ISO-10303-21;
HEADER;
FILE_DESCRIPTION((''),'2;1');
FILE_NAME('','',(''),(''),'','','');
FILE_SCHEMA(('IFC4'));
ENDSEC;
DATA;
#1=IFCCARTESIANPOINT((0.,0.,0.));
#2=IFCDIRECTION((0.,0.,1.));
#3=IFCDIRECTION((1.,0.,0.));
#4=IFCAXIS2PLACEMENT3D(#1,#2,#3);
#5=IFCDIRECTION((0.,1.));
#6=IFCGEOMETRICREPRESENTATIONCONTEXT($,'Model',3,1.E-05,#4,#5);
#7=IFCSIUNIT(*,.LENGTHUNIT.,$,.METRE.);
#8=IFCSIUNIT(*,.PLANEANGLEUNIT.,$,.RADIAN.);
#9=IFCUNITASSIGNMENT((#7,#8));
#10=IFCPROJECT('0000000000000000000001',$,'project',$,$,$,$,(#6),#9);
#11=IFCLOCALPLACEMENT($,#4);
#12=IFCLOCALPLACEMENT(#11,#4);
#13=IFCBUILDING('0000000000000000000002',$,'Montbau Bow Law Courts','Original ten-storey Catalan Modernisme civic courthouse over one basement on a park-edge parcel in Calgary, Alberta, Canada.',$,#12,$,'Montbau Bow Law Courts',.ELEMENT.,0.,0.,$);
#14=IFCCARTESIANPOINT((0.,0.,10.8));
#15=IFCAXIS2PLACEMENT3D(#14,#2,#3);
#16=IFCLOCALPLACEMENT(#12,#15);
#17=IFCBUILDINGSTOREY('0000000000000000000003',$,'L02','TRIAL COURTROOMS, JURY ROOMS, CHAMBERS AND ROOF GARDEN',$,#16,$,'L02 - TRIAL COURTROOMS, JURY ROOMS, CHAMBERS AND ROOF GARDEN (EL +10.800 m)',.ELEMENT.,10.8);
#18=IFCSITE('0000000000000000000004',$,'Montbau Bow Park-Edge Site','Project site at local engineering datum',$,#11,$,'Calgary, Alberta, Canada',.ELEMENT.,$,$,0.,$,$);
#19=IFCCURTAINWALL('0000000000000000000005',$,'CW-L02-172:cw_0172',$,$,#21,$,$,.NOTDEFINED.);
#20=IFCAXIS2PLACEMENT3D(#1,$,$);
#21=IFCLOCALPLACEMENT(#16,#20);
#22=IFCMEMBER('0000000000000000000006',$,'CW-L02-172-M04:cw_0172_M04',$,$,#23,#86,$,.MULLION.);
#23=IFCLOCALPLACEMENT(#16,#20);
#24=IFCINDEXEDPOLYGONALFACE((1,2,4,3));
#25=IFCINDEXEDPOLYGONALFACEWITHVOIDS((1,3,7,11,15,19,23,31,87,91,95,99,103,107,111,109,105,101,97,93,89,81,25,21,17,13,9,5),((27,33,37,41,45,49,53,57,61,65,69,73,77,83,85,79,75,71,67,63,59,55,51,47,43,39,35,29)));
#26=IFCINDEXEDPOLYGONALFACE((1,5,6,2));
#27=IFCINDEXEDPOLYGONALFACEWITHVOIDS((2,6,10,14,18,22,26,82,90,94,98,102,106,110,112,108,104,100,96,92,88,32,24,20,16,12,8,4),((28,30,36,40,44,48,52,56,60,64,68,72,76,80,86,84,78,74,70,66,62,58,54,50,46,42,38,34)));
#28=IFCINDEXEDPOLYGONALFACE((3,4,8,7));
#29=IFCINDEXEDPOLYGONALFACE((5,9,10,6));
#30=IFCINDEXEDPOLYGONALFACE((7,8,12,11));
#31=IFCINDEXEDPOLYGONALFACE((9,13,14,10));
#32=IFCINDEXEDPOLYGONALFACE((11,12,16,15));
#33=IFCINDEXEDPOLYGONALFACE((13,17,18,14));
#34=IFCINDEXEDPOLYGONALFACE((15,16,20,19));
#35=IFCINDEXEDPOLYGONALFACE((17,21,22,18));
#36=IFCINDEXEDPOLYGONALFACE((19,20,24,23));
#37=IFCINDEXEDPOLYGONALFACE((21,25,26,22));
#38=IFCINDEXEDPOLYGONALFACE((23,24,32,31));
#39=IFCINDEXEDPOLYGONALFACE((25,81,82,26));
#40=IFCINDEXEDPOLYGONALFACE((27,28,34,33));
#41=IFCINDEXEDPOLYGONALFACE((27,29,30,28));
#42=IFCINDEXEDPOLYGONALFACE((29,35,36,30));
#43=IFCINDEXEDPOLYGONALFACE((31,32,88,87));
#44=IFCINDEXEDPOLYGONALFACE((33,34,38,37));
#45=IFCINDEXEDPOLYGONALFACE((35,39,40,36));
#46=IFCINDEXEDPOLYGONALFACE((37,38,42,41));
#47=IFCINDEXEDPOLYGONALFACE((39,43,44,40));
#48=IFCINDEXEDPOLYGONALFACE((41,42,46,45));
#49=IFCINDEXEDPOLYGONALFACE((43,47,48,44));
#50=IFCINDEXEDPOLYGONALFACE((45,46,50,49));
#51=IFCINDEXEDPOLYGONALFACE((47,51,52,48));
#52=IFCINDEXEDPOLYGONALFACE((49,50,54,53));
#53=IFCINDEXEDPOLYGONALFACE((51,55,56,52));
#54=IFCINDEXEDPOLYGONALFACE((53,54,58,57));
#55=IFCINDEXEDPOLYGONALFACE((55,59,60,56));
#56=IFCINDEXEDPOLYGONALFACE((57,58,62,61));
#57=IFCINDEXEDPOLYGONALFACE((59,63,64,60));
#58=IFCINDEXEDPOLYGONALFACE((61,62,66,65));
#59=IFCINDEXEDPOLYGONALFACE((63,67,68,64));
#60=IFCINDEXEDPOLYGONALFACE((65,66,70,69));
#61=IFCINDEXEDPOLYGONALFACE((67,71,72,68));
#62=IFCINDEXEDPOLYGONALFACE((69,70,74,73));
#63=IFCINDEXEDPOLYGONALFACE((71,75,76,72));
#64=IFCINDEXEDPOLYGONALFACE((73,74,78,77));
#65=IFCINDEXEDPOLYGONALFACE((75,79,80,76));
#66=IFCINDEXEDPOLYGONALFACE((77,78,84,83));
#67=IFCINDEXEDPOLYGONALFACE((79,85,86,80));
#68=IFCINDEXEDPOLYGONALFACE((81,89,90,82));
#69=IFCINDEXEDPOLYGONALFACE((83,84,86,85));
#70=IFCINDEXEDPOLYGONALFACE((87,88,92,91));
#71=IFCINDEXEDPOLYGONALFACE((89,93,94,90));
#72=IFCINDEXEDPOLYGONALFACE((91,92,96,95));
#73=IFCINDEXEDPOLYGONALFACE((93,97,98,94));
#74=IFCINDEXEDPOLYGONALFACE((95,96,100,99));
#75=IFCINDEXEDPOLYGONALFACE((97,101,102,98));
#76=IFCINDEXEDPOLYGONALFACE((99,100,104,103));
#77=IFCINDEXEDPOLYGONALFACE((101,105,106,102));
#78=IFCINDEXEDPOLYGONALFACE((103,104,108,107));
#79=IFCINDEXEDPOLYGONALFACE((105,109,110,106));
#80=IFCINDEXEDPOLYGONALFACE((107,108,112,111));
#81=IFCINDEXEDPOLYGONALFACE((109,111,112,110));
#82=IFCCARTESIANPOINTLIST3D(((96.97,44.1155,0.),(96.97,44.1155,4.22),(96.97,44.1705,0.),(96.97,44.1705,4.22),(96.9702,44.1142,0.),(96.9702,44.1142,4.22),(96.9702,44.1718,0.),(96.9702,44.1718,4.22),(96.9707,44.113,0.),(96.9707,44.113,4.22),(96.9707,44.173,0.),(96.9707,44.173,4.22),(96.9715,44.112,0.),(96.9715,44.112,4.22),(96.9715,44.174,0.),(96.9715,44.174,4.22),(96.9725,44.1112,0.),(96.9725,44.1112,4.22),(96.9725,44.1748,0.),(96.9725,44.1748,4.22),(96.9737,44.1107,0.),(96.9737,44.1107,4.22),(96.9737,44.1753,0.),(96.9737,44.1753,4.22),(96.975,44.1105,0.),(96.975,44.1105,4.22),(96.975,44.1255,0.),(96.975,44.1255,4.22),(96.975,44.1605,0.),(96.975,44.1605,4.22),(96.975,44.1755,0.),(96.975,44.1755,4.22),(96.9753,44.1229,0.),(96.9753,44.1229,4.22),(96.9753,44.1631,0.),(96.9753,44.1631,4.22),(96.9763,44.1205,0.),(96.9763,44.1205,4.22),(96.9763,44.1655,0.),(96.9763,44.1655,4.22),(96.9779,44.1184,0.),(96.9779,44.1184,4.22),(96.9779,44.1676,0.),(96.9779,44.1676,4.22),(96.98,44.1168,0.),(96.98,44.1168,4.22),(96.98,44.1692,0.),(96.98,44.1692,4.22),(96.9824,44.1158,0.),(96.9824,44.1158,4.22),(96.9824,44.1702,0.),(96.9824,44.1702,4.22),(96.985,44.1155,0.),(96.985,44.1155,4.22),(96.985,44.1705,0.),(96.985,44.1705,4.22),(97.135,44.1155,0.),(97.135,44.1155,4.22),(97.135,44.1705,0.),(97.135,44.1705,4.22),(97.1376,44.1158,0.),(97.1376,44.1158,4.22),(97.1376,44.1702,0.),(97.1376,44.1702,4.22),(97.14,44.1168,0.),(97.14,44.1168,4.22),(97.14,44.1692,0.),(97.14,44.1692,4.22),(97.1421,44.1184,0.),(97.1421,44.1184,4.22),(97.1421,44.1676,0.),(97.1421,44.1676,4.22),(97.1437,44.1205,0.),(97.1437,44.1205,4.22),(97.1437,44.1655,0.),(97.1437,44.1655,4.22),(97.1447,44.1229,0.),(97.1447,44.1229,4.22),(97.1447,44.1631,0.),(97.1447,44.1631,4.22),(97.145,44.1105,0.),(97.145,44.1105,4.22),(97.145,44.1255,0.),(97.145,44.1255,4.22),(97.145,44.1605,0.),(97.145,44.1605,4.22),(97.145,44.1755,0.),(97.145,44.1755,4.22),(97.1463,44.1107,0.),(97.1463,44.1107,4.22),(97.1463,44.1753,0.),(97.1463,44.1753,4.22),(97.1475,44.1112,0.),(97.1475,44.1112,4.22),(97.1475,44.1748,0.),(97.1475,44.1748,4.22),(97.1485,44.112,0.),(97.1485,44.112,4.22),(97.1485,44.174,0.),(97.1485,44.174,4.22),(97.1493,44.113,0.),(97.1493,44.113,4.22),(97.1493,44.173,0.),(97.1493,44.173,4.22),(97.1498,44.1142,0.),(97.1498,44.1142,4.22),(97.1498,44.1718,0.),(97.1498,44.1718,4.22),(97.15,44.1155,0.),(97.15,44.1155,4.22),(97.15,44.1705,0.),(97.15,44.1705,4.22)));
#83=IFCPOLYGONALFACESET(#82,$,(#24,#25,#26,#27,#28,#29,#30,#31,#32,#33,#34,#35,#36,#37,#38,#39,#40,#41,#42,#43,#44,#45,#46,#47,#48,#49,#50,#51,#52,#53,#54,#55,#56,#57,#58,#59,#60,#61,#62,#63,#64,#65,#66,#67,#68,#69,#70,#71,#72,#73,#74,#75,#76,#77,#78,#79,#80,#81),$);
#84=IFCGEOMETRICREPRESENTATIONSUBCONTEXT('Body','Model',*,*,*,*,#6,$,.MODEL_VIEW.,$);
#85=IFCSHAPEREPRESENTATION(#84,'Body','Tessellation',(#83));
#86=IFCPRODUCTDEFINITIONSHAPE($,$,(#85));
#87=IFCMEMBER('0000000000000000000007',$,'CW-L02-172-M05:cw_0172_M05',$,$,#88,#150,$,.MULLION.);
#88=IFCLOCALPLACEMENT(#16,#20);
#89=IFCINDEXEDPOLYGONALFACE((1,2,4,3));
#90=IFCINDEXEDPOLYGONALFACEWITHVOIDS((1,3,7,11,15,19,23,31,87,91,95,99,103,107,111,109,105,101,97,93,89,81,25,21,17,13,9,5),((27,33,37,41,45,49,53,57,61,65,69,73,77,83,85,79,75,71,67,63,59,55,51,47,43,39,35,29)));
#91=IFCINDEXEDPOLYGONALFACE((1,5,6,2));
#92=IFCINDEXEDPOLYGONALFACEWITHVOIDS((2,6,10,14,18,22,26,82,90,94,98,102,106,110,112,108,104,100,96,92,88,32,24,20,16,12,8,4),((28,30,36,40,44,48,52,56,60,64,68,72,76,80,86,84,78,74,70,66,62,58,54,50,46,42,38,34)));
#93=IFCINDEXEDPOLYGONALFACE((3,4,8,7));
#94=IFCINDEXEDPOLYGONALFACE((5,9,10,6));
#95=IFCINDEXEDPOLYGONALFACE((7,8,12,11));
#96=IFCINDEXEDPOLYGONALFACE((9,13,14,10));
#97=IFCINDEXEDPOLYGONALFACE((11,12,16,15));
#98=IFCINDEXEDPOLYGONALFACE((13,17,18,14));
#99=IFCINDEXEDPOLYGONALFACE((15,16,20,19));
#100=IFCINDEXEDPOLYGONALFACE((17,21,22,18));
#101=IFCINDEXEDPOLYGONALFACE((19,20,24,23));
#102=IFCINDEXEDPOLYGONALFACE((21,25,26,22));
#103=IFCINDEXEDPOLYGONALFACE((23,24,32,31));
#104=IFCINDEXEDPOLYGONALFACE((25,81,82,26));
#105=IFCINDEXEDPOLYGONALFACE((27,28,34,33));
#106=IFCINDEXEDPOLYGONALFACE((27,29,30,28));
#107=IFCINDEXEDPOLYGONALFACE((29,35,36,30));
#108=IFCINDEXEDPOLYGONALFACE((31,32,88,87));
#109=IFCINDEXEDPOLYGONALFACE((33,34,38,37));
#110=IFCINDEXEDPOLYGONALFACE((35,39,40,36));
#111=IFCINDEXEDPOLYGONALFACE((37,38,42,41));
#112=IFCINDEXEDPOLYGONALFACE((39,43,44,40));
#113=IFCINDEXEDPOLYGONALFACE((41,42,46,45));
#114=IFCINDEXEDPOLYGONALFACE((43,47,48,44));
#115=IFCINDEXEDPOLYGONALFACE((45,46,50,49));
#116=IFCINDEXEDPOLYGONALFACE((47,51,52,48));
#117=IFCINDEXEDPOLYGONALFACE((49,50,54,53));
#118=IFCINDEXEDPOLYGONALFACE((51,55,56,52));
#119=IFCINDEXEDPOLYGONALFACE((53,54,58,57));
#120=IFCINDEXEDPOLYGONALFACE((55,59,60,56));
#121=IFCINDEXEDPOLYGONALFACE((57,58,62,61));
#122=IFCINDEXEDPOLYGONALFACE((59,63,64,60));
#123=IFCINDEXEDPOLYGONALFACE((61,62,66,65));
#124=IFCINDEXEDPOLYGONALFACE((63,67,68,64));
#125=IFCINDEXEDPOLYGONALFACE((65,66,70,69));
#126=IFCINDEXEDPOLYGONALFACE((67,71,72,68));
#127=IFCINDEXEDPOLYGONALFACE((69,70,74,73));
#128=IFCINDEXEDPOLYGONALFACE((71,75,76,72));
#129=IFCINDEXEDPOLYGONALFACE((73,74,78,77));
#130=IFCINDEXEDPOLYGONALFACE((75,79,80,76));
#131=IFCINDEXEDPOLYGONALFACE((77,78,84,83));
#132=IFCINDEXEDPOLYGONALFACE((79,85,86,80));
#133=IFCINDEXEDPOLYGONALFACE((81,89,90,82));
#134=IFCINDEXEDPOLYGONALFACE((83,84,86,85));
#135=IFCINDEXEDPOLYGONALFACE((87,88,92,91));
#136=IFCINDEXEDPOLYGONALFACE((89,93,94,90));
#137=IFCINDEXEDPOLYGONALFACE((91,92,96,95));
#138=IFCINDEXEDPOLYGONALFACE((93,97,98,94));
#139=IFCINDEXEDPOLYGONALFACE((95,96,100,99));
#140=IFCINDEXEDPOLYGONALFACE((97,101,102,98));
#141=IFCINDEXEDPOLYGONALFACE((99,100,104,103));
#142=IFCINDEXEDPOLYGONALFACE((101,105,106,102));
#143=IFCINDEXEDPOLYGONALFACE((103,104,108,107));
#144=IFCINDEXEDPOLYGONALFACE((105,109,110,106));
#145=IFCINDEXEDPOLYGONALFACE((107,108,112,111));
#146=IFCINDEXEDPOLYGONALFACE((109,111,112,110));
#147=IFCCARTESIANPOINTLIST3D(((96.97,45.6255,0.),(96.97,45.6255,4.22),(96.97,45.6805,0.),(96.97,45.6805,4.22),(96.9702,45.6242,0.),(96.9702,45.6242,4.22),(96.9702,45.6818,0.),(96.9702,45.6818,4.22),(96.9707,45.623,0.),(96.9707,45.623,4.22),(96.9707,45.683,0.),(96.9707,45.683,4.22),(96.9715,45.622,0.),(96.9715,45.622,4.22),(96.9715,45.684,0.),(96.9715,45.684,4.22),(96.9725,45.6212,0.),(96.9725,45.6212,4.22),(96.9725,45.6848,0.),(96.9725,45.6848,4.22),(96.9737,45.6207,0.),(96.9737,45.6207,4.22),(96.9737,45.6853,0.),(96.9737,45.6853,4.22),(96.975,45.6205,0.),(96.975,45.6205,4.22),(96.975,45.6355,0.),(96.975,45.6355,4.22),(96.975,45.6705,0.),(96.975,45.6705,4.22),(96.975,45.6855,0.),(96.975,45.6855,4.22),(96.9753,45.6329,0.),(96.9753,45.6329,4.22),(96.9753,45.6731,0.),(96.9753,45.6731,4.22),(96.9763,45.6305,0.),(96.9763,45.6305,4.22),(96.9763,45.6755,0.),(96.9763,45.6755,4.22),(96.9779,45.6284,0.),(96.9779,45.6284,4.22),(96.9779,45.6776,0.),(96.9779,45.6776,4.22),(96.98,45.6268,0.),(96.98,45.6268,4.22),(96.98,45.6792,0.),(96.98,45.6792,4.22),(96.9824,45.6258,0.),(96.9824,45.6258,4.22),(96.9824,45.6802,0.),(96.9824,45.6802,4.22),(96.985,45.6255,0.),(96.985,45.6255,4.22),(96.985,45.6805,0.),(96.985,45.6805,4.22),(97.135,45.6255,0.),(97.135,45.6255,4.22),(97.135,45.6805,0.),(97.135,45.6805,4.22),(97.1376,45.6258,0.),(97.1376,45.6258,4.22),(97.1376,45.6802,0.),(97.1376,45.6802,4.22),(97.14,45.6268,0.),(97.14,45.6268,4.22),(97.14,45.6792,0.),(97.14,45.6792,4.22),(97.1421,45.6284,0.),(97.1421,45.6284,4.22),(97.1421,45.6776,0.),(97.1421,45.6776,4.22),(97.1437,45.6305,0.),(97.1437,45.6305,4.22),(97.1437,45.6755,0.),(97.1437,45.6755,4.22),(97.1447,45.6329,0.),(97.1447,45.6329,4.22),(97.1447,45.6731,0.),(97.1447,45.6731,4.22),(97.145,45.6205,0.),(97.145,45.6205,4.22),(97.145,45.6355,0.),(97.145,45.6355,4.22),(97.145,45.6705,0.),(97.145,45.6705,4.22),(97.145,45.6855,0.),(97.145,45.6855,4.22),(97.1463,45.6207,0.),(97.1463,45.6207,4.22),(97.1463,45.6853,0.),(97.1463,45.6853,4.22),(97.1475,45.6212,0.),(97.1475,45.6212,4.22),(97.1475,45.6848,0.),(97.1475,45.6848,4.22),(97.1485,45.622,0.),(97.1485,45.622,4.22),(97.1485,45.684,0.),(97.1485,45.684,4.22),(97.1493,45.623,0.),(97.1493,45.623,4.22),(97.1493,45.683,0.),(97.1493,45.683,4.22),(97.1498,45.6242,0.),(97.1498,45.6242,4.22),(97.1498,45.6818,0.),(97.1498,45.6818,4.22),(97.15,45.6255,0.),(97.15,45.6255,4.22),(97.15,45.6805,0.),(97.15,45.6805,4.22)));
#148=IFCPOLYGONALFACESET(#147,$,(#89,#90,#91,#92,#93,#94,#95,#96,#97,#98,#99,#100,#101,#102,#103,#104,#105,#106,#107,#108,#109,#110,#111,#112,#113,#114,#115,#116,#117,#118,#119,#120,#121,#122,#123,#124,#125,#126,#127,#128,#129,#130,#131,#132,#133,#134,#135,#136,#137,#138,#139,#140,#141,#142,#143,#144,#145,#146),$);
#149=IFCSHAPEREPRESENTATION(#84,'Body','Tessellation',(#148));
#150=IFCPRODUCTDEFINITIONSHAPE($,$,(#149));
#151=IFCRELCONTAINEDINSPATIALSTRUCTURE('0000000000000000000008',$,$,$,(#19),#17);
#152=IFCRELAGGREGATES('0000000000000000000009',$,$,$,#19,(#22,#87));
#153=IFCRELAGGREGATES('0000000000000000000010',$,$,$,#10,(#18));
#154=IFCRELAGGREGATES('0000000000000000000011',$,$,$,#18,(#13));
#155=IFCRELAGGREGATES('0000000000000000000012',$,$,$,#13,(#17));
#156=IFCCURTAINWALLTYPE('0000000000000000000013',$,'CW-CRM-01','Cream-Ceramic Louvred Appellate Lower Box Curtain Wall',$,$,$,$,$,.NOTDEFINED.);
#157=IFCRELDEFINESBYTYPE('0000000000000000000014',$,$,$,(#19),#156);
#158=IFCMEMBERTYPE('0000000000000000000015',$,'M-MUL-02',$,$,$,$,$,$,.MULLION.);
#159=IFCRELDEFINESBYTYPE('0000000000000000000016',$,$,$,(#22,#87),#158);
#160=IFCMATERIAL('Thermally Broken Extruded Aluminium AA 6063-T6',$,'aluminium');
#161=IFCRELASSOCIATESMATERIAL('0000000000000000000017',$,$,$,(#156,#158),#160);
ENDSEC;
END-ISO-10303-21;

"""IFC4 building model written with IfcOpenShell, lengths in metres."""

from ifc_helpers import new_model, si_unit, direction, frame, origin_with_axes, origin_2d_with_axis, place, context, subcontext, project, spatial, hollow_rectangle, extrude, material, material_profile, profile_set, type_object, element, aggregate, save


model = new_model("IFC4")

# Units and contexts
model_context = context("Model", 3, precision=1e-05, world=origin_with_axes(), true_north=direction((0.0, 1.0)))
body_context = subcontext(model_context, "Body", "Model", "MODEL_VIEW")
ifc_project = project(units=[si_unit("LENGTHUNIT", "METRE"), si_unit("PLANEANGLEUNIT", "RADIAN")], contexts=[model_context])

# Site, building, storey
site_placement = place(None, origin_with_axes())
site = spatial("IfcSite", under=ifc_project, at=site_placement, Name="Montbau Bow Park-Edge Site", Description="Project site at local engineering datum", LongName="Calgary, Alberta, Canada", CompositionType="ELEMENT", RefElevation=0.0)
building_placement = place(site_placement, origin_with_axes())
building = spatial("IfcBuilding", under=site, at=building_placement, Name="Montbau Bow Law Courts", Description="Original ten-storey Catalan Modernisme civic courthouse over one basement on a park-edge parcel in Calgary, Alberta, Canada.", LongName="Montbau Bow Law Courts", CompositionType="ELEMENT", ElevationOfRefHeight=0.0, ElevationOfTerrain=0.0)
storey_placement = place(building_placement, frame((0.0, 0.0, 10.8), z_axis=(0.0, 0.0, 1.0), x_axis=(1.0, 0.0, 0.0)))
storey = spatial("IfcBuildingStorey", under=building, at=storey_placement, Name="L02", Description="TRIAL COURTROOMS, JURY ROOMS, CHAMBERS AND ROOF GARDEN", LongName="L02 - TRIAL COURTROOMS, JURY ROOMS, CHAMBERS AND ROOF GARDEN (EL +10.800 m)", CompositionType="ELEMENT", Elevation=10.8)

# Curtain wall, members
ifc_material_1 = material(Name="Thermally Broken Extruded Aluminium AA 6063-T6", Category="aluminium")
curtain_wall_type = type_object("IfcCurtainWallType", Name="CW-CRM-01", Description="Cream-Ceramic Louvred Appellate Lower Box Curtain Wall", PredefinedType="NOTDEFINED", material=ifc_material_1)
curtain_wall_1_placement = place(None, frame((97.06, 39.515, 10.8), z_axis=(0.0, 0.0, 1.0), x_axis=(1.0, 0.0, 0.0)))
curtain_wall_1 = element("IfcCurtainWall", 1, at=curtain_wall_1_placement, inside=storey, type_object=curtain_wall_type, Name="CW-L02-172:cw_0172", PredefinedType="NOTDEFINED")
ifc_material_profile_1 = material_profile(ifc_material_1, hollow_rectangle(XDim=0.065, YDim=0.18, WallThickness=0.005, InnerFilletRadius=0.01, OuterFilletRadius=0.005, at=origin_2d_with_axis()), Name="CWM-180X65", Category="Main", Priority=0)
ifc_profile_set_1 = profile_set([ifc_material_profile_1], Name="Thermally Broken Extruded Aluminium AA 6063-T6")
member_type_1 = type_object("IfcMemberType", Name="M-MUL-02", PredefinedType="MULLION", material=ifc_profile_set_1)
member_1_placement = place(None, frame((97.06, 44.143, 10.8), z_axis=(0.0, 0.0, 1.0), x_axis=(0.0, 1.0, 0.0)))
member_1 = element("IfcMember", 2, at=member_1_placement, type_object=member_type_1, Name="CW-L02-172-M04:cw_0172_M04", PredefinedType="MULLION", context=body_context, shape_type="SweptSolid", body=[
    extrude(hollow_rectangle(XDim=0.065, YDim=0.18, WallThickness=0.005, InnerFilletRadius=0.01, OuterFilletRadius=0.005, at=origin_2d_with_axis()), origin_with_axes(), (0.0, 0.0, 1.0), 4.22),
])
member_2_placement = place(None, frame((97.06, 45.653, 10.8), z_axis=(0.0, 0.0, 1.0), x_axis=(0.0, 1.0, 0.0)))
member_2 = element("IfcMember", 3, at=member_2_placement, type_object=member_type_1, Name="CW-L02-172-M05:cw_0172_M05", PredefinedType="MULLION", context=body_context, shape_type="SweptSolid", body=[
    extrude(hollow_rectangle(XDim=0.065, YDim=0.18, WallThickness=0.005, InnerFilletRadius=0.01, OuterFilletRadius=0.005, at=origin_2d_with_axis()), origin_with_axes(), (0.0, 0.0, 1.0), 4.22),
])

aggregate(curtain_wall_1, [member_1, member_2])

save(model, "model.ifc")
